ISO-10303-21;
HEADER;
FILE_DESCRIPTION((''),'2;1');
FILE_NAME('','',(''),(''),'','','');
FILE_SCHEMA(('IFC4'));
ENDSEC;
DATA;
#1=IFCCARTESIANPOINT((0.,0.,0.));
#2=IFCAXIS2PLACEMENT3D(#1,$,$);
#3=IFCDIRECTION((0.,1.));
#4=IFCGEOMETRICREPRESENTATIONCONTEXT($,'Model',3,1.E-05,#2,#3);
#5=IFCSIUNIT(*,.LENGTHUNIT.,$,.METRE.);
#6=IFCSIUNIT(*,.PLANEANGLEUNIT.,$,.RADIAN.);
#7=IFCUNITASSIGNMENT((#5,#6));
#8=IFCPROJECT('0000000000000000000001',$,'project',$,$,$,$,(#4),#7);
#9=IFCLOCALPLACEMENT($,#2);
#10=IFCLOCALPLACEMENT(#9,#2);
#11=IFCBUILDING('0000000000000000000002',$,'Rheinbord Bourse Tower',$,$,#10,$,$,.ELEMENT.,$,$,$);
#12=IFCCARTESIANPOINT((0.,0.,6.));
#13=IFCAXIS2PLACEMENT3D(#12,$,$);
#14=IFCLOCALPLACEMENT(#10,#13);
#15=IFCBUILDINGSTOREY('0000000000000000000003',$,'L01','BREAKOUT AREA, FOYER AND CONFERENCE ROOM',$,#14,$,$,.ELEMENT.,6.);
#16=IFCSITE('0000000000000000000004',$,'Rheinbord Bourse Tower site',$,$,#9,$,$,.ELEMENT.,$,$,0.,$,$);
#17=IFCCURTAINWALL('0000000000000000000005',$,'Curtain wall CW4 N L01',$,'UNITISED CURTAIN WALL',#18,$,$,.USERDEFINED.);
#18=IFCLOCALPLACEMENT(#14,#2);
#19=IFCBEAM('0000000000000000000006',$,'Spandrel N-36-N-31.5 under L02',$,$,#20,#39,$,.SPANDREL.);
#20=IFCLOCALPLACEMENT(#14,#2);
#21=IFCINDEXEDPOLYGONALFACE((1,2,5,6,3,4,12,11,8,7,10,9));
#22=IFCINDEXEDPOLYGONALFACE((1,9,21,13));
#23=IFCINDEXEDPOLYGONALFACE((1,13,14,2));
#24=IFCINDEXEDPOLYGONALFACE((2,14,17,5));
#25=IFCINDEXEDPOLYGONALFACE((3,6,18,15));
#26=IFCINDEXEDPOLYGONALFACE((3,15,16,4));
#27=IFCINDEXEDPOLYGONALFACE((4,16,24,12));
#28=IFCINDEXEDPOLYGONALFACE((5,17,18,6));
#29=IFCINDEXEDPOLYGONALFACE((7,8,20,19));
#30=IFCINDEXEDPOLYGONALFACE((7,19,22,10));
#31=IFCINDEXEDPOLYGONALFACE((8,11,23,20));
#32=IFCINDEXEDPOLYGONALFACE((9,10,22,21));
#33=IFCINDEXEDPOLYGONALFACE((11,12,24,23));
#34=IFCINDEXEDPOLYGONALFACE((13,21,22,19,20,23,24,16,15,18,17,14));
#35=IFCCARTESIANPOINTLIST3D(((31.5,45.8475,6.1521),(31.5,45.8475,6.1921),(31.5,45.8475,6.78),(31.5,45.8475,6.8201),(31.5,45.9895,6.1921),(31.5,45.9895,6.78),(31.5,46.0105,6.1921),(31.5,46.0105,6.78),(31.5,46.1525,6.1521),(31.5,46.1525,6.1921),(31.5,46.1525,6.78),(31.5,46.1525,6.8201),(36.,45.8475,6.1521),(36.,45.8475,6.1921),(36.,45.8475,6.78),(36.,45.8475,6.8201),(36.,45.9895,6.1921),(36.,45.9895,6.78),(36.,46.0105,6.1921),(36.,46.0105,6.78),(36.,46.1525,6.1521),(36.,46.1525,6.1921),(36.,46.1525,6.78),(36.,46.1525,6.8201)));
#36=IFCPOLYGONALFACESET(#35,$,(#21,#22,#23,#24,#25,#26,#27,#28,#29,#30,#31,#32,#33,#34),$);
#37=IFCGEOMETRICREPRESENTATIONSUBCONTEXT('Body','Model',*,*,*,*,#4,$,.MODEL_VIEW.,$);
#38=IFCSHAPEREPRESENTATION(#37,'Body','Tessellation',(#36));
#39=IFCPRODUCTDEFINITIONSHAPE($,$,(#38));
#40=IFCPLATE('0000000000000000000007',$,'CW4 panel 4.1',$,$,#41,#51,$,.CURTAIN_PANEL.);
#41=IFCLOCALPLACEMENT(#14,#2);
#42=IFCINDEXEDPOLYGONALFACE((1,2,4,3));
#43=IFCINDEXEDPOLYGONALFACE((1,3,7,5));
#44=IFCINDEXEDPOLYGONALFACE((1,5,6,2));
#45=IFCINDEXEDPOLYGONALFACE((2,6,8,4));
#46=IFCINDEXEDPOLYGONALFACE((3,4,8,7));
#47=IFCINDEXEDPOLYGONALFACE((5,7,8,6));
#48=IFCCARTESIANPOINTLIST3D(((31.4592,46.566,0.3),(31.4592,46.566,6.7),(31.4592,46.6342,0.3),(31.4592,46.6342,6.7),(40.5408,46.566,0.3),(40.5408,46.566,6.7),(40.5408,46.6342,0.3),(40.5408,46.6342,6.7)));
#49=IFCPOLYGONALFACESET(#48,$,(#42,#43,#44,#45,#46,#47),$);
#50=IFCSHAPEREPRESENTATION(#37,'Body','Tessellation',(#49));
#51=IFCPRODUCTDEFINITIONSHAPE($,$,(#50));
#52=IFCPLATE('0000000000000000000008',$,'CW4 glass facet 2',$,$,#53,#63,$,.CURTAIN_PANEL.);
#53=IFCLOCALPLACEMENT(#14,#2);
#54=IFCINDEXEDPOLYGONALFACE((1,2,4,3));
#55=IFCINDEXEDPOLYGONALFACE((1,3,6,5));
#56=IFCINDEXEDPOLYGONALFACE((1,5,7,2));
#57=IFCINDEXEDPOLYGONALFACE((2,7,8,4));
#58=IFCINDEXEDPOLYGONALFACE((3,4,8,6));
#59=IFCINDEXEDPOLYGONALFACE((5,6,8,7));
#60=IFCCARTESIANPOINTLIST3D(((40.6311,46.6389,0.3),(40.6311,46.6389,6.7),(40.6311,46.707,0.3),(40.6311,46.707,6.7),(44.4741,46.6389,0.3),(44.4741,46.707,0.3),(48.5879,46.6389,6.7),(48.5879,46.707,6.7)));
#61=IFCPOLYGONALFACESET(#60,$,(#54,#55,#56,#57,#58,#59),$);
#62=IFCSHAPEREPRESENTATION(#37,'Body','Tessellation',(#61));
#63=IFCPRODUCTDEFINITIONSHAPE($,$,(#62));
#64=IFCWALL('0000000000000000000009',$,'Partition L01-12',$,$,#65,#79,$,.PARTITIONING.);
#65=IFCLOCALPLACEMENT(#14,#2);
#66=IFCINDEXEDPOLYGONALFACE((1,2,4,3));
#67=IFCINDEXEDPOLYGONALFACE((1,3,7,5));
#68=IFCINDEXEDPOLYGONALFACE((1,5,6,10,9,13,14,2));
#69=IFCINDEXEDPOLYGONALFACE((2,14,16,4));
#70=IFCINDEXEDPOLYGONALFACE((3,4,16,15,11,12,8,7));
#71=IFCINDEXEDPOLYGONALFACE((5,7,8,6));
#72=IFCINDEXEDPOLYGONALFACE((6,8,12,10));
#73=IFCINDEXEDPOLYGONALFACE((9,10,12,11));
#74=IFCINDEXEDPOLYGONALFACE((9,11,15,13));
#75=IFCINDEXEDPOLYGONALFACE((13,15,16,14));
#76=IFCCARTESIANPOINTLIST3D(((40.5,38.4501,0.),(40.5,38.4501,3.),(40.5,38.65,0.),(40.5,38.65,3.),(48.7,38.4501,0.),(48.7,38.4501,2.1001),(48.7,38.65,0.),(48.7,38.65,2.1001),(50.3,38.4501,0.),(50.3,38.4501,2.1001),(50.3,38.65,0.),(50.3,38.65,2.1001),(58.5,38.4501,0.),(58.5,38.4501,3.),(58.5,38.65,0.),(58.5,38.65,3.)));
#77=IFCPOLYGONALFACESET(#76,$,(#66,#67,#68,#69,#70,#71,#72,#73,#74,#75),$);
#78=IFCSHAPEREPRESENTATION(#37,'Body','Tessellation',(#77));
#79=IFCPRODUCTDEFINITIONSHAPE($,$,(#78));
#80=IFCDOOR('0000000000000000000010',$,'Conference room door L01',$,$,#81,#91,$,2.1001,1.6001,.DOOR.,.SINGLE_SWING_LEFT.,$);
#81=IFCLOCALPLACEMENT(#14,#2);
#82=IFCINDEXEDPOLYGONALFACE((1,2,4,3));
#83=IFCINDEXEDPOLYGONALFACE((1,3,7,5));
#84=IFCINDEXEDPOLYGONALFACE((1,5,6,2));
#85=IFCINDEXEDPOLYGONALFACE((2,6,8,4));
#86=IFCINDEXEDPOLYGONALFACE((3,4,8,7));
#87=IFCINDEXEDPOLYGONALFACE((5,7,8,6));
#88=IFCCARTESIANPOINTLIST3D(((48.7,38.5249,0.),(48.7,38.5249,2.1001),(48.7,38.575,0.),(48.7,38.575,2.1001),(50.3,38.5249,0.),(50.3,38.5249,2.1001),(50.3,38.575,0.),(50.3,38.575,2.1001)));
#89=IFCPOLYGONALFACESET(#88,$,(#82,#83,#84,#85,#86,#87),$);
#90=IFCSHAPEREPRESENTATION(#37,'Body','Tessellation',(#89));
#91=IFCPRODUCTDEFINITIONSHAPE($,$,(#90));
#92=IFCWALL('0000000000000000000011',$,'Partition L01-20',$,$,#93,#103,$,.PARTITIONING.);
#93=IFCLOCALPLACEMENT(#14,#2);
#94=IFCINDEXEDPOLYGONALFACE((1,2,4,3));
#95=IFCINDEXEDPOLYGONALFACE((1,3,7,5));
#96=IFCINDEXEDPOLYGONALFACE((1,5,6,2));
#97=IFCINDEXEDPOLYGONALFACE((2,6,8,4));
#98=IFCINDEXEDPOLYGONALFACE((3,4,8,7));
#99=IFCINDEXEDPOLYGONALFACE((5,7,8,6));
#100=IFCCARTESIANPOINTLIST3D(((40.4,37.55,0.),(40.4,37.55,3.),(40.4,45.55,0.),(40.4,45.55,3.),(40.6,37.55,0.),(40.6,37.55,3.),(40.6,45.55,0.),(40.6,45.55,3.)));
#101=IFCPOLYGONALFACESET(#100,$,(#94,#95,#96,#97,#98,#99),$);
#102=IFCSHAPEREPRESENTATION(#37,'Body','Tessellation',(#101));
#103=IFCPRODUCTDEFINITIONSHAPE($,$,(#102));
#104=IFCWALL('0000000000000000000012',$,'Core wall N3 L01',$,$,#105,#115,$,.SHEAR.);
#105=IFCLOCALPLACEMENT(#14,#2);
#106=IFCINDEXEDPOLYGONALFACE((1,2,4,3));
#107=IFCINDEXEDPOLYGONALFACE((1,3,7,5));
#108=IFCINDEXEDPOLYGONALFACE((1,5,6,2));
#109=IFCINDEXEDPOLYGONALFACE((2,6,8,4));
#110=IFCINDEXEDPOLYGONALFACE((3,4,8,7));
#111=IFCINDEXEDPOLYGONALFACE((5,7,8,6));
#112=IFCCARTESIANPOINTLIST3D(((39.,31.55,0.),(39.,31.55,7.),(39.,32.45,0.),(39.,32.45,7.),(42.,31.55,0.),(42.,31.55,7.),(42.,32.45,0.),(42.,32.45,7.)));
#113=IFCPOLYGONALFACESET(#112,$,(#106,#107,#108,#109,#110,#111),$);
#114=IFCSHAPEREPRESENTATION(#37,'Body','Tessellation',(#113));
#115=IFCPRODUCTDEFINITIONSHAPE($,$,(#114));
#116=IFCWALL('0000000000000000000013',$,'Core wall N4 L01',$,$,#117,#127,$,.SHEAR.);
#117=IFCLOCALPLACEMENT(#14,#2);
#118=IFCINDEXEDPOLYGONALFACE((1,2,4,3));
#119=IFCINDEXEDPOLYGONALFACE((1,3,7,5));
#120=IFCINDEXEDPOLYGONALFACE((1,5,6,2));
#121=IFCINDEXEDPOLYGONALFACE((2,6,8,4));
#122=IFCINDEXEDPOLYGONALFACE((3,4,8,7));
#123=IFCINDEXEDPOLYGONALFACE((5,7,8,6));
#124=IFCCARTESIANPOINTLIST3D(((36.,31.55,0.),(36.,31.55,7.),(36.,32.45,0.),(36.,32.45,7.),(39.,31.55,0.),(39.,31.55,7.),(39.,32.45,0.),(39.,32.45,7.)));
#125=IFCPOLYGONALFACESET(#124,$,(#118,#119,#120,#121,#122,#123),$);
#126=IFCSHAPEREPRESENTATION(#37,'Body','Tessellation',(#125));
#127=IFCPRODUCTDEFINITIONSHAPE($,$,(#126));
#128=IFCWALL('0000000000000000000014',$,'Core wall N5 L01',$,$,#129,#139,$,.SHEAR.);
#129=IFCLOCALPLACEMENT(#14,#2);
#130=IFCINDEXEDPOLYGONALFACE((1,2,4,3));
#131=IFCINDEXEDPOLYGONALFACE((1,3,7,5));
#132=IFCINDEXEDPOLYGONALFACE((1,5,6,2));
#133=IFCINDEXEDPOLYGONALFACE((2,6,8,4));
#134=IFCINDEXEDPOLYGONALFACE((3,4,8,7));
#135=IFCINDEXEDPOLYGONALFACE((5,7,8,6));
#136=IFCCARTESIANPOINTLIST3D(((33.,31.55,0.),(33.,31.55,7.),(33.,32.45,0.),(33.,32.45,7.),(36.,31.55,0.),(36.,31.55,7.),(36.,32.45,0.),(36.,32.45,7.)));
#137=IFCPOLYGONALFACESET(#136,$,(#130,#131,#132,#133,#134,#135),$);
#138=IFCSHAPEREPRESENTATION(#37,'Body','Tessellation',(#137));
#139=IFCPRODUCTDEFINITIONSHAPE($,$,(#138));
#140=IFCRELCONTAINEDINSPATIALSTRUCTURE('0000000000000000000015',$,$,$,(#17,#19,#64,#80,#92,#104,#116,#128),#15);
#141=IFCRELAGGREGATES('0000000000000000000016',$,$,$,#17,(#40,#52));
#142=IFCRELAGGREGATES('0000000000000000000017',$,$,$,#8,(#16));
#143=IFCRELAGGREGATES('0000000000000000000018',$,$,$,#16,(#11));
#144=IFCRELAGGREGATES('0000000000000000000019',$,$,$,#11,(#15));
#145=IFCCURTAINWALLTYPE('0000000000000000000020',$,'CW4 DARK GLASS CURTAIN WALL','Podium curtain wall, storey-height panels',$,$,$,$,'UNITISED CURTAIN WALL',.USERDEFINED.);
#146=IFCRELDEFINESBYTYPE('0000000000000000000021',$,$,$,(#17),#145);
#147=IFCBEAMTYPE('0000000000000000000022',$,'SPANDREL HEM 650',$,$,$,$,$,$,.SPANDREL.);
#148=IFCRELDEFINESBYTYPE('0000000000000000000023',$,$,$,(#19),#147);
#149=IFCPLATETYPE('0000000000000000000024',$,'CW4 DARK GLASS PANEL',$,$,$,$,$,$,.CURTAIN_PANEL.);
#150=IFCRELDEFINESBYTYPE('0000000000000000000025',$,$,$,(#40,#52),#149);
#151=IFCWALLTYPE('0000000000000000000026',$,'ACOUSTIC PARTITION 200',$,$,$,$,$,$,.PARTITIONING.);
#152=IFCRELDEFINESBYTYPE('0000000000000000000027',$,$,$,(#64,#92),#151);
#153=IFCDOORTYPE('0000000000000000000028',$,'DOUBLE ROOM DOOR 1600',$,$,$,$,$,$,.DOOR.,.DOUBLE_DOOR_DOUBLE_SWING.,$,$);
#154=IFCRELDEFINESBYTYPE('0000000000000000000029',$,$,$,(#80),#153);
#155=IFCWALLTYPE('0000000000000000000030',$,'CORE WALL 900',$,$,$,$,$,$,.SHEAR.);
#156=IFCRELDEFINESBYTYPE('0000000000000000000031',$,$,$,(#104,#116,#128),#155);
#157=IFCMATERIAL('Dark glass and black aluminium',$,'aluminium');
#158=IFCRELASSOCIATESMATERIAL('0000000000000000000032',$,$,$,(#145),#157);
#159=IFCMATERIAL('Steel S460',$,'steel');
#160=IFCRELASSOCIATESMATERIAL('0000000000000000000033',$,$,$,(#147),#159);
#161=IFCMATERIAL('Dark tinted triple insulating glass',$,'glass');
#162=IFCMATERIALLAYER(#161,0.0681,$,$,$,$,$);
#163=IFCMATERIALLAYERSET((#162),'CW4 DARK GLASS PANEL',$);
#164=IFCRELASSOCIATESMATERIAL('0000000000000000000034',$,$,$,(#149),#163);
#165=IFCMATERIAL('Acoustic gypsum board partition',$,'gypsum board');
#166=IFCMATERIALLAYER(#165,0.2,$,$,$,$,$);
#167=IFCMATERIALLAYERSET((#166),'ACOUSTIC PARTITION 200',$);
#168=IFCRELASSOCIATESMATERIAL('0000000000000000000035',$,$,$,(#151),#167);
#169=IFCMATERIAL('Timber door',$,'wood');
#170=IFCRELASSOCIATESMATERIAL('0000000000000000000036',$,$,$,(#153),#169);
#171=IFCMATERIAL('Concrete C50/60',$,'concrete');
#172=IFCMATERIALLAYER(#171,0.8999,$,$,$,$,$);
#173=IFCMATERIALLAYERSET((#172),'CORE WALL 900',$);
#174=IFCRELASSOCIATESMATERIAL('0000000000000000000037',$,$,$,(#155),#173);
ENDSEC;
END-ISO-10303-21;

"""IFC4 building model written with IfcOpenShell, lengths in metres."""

from ifc_helpers import new_model, si_unit, direction, frame, frame_2d, origin, origin_2d, place, context, subcontext, project, spatial, polyline, rectangle, i_section, outline, extrude, material, layer, layer_set, material_profile, profile_set, type_object, element, fill, aggregate, save


model = new_model("IFC4")

# Units and contexts
model_context = context("Model", 3, precision=1e-05, world=origin(), true_north=direction((0.0, 1.0)))
body_context = subcontext(model_context, "Body", "Model", "MODEL_VIEW")
ifc_project = project(units=[si_unit("LENGTHUNIT", "METRE"), si_unit("PLANEANGLEUNIT", "RADIAN")], contexts=[model_context])

# Site, building, storey
site_placement = place(None, origin())
site = spatial("IfcSite", under=ifc_project, at=site_placement, Name="Rheinbord Bourse Tower site", CompositionType="ELEMENT", RefElevation=0.0)
building_placement = place(site_placement, origin())
building = spatial("IfcBuilding", under=site, at=building_placement, Name="Rheinbord Bourse Tower", CompositionType="ELEMENT")
storey_placement = place(building_placement, frame((0.0, 0.0, 6.0)))
storey = spatial("IfcBuildingStorey", under=building, at=storey_placement, Name="L01", Description="BREAKOUT AREA, FOYER AND CONFERENCE ROOM", CompositionType="ELEMENT", Elevation=6.0)

# Curtain wall
ifc_material_1 = material(Name="Dark glass and black aluminium", Category="aluminium")
curtain_wall_type = type_object("IfcCurtainWallType", Name="CW4 DARK GLASS CURTAIN WALL", Description="Podium curtain wall, storey-height panels", ElementType="UNITISED CURTAIN WALL", PredefinedType="USERDEFINED", material=ifc_material_1)
curtain_wall_placement = place(storey_placement, origin())
curtain_wall = element("IfcCurtainWall", 1, at=curtain_wall_placement, inside=storey, type_object=curtain_wall_type, Name="Curtain wall CW4 N L01", ObjectType="UNITISED CURTAIN WALL", PredefinedType="USERDEFINED")

# Beam
ifc_material_2 = material(Name="Steel S460", Category="steel")
ifc_material_profile_1 = material_profile(ifc_material_2, i_section(OverallWidth=0.3049, OverallDepth=0.668, WebThickness=0.021, FlangeThickness=0.04, at=origin_2d()), Name="HEM 650")
ifc_profile_set_1 = profile_set([ifc_material_profile_1], Name="Steel S460")
beam_type_1 = type_object("IfcBeamType", Name="SPANDREL HEM 650", PredefinedType="SPANDREL", material=ifc_profile_set_1)
for number, where, z_axis, x_axis, name in (
    (2, (36.0, 46.0, 6.4861), (-1.0, 0.0, 0.0), (0.0, -1.0, 0.0), "Spandrel N-36-N-31.5 under L02"),
):
    element("IfcBeam", number, at=place(storey_placement, frame(where, z_axis=z_axis, x_axis=x_axis)), inside=storey, type_object=beam_type_1, Name=name, PredefinedType="SPANDREL", context=body_context, shape_type="SweptSolid", body=[
        extrude(i_section(OverallWidth=0.3049, OverallDepth=0.668, WebThickness=0.021, FlangeThickness=0.04, at=origin_2d()), origin(), (0.0, 0.0, 1.0), 4.5),
    ])

# Plates
ifc_material_3 = material(Name="Dark tinted triple insulating glass", Category="glass")
ifc_layer_1 = layer(ifc_material_3, 0.0681)
ifc_layer_set_1 = layer_set([ifc_layer_1], Name="CW4 DARK GLASS PANEL")
plate_type = type_object("IfcPlateType", Name="CW4 DARK GLASS PANEL", PredefinedType="CURTAIN_PANEL", material=ifc_layer_set_1)
plate_1_placement = place(storey_placement, frame((36.0, 46.6001, 0.3), z_axis=(0.0, 0.0, 1.0), x_axis=(-1.0, 0.0, 0.0)))
plate_1 = element("IfcPlate", 3, at=plate_1_placement, type_object=plate_type, Name="CW4 panel 4.1", PredefinedType="CURTAIN_PANEL", context=body_context, shape_type="SweptSolid", body=[
    extrude(rectangle(XDim=9.0815, YDim=0.0681, at=origin_2d()), origin(), (0.0, 0.0, 1.0), 6.3999),
])
plate_2_placement = place(storey_placement, frame((40.6311, 46.707, 6.7), z_axis=(0.0, -1.0, 0.0), x_axis=(0.0, 0.0, -1.0)))
plate_2 = element("IfcPlate", 4, at=plate_2_placement, type_object=plate_type, Name="CW4 glass facet 2", PredefinedType="CURTAIN_PANEL", context=body_context, shape_type="SweptSolid", body=[
    extrude(outline(polyline([(0.0, 0.0), (6.3999, 0.0), (6.3999, 3.843), (0.0, 7.9568), (0.0, 0.0)])), origin(), (0.0, 0.0, 1.0), 0.0681),
])
aggregate(curtain_wall, [plate_1, plate_2])

# Wall, opening, door
ifc_material_4 = material(Name="Acoustic gypsum board partition", Category="gypsum board")
ifc_layer_2 = layer(ifc_material_4, 0.2)
ifc_layer_set_2 = layer_set([ifc_layer_2], Name="ACOUSTIC PARTITION 200")
wall_type_1 = type_object("IfcWallType", Name="ACOUSTIC PARTITION 200", PredefinedType="PARTITIONING", material=ifc_layer_set_2)
wall_1_placement = place(storey_placement, frame((40.5, 38.55, 0.0), z_axis=(0.0, 0.0, 1.0), x_axis=(1.0, 0.0, 0.0)))
wall_1 = element("IfcWall", 5, at=wall_1_placement, inside=storey, type_object=wall_type_1, Name="Partition L01-12", PredefinedType="PARTITIONING", context=body_context, shape_type="SweptSolid", body=[
    extrude(rectangle(XDim=18.0, YDim=0.2, at=frame_2d((9.0, 0.0))), origin(), (0.0, 0.0, 1.0), 3.0),
])
opening_placement = place(wall_1_placement, frame((8.2, 0.0, 0.0)))
opening = element("IfcOpeningElement", 6, at=opening_placement, cuts=wall_1, PredefinedType="OPENING", context=body_context, shape_type="SweptSolid", body=[
    extrude(rectangle(XDim=1.6001, YDim=2.1001, at=frame_2d((0.8, 1.05))), frame((0.0, 0.1099, 0.0), z_axis=(0.0, -1.0, 0.0), x_axis=(1.0, 0.0, 0.0)), (0.0, 0.0, 1.0), 0.22),
])
ifc_material_5 = material(Name="Timber door", Category="wood")
door_type = type_object("IfcDoorType", Name="DOUBLE ROOM DOOR 1600", OperationType="DOUBLE_DOOR_DOUBLE_SWING", PredefinedType="DOOR", material=ifc_material_5)
door_placement = place(opening_placement, origin())
door = element("IfcDoor", 7, at=door_placement, inside=storey, type_object=door_type, Name="Conference room door L01", OperationType="SINGLE_SWING_LEFT", OverallHeight=2.1001, OverallWidth=1.6001, PredefinedType="DOOR", context=body_context, shape_type="SweptSolid", body=[
    extrude(rectangle(XDim=1.6001, YDim=2.1001, at=frame_2d((0.8, 1.05))), frame((0.0, 0.0249, 0.0), z_axis=(0.0, -1.0, 0.0), x_axis=(1.0, 0.0, 0.0)), (0.0, 0.0, 1.0), 0.05),
])
fill(opening, door)

# Walls
wall_2_placement = place(storey_placement, frame((40.5, 37.55, 0.0), z_axis=(0.0, 0.0, 1.0), x_axis=(0.0, 1.0, 0.0)))
element("IfcWall", 8, at=wall_2_placement, inside=storey, type_object=wall_type_1, Name="Partition L01-20", PredefinedType="PARTITIONING", context=body_context, shape_type="SweptSolid", body=[
    extrude(rectangle(XDim=8.0, YDim=0.2, at=frame_2d((4.0, 0.0))), origin(), (0.0, 0.0, 1.0), 3.0),
])
ifc_material_6 = material(Name="Concrete C50/60", Category="concrete")
ifc_layer_3 = layer(ifc_material_6, 0.8999)
ifc_layer_set_3 = layer_set([ifc_layer_3], Name="CORE WALL 900")
wall_type_2 = type_object("IfcWallType", Name="CORE WALL 900", PredefinedType="SHEAR", material=ifc_layer_set_3)
for number, where, z_axis, x_axis, name in (
    (9, (42.0, 32.0, 0.0), (0.0, 0.0, 1.0), (-1.0, 0.0, 0.0), "Core wall N3 L01"),
    (10, (39.0, 32.0, 0.0), (0.0, 0.0, 1.0), (-1.0, 0.0, 0.0), "Core wall N4 L01"),
    (11, (36.0, 32.0, 0.0), (0.0, 0.0, 1.0), (-1.0, 0.0, 0.0), "Core wall N5 L01"),
):
    element("IfcWall", number, at=place(storey_placement, frame(where, z_axis=z_axis, x_axis=x_axis)), inside=storey, type_object=wall_type_2, Name=name, PredefinedType="SHEAR", context=body_context, shape_type="SweptSolid", body=[
        extrude(rectangle(XDim=3.0, YDim=0.8999, at=frame_2d((1.5, 0.0))), origin(), (0.0, 0.0, 1.0), 7.0),
    ])

save(model, "model.ifc")
